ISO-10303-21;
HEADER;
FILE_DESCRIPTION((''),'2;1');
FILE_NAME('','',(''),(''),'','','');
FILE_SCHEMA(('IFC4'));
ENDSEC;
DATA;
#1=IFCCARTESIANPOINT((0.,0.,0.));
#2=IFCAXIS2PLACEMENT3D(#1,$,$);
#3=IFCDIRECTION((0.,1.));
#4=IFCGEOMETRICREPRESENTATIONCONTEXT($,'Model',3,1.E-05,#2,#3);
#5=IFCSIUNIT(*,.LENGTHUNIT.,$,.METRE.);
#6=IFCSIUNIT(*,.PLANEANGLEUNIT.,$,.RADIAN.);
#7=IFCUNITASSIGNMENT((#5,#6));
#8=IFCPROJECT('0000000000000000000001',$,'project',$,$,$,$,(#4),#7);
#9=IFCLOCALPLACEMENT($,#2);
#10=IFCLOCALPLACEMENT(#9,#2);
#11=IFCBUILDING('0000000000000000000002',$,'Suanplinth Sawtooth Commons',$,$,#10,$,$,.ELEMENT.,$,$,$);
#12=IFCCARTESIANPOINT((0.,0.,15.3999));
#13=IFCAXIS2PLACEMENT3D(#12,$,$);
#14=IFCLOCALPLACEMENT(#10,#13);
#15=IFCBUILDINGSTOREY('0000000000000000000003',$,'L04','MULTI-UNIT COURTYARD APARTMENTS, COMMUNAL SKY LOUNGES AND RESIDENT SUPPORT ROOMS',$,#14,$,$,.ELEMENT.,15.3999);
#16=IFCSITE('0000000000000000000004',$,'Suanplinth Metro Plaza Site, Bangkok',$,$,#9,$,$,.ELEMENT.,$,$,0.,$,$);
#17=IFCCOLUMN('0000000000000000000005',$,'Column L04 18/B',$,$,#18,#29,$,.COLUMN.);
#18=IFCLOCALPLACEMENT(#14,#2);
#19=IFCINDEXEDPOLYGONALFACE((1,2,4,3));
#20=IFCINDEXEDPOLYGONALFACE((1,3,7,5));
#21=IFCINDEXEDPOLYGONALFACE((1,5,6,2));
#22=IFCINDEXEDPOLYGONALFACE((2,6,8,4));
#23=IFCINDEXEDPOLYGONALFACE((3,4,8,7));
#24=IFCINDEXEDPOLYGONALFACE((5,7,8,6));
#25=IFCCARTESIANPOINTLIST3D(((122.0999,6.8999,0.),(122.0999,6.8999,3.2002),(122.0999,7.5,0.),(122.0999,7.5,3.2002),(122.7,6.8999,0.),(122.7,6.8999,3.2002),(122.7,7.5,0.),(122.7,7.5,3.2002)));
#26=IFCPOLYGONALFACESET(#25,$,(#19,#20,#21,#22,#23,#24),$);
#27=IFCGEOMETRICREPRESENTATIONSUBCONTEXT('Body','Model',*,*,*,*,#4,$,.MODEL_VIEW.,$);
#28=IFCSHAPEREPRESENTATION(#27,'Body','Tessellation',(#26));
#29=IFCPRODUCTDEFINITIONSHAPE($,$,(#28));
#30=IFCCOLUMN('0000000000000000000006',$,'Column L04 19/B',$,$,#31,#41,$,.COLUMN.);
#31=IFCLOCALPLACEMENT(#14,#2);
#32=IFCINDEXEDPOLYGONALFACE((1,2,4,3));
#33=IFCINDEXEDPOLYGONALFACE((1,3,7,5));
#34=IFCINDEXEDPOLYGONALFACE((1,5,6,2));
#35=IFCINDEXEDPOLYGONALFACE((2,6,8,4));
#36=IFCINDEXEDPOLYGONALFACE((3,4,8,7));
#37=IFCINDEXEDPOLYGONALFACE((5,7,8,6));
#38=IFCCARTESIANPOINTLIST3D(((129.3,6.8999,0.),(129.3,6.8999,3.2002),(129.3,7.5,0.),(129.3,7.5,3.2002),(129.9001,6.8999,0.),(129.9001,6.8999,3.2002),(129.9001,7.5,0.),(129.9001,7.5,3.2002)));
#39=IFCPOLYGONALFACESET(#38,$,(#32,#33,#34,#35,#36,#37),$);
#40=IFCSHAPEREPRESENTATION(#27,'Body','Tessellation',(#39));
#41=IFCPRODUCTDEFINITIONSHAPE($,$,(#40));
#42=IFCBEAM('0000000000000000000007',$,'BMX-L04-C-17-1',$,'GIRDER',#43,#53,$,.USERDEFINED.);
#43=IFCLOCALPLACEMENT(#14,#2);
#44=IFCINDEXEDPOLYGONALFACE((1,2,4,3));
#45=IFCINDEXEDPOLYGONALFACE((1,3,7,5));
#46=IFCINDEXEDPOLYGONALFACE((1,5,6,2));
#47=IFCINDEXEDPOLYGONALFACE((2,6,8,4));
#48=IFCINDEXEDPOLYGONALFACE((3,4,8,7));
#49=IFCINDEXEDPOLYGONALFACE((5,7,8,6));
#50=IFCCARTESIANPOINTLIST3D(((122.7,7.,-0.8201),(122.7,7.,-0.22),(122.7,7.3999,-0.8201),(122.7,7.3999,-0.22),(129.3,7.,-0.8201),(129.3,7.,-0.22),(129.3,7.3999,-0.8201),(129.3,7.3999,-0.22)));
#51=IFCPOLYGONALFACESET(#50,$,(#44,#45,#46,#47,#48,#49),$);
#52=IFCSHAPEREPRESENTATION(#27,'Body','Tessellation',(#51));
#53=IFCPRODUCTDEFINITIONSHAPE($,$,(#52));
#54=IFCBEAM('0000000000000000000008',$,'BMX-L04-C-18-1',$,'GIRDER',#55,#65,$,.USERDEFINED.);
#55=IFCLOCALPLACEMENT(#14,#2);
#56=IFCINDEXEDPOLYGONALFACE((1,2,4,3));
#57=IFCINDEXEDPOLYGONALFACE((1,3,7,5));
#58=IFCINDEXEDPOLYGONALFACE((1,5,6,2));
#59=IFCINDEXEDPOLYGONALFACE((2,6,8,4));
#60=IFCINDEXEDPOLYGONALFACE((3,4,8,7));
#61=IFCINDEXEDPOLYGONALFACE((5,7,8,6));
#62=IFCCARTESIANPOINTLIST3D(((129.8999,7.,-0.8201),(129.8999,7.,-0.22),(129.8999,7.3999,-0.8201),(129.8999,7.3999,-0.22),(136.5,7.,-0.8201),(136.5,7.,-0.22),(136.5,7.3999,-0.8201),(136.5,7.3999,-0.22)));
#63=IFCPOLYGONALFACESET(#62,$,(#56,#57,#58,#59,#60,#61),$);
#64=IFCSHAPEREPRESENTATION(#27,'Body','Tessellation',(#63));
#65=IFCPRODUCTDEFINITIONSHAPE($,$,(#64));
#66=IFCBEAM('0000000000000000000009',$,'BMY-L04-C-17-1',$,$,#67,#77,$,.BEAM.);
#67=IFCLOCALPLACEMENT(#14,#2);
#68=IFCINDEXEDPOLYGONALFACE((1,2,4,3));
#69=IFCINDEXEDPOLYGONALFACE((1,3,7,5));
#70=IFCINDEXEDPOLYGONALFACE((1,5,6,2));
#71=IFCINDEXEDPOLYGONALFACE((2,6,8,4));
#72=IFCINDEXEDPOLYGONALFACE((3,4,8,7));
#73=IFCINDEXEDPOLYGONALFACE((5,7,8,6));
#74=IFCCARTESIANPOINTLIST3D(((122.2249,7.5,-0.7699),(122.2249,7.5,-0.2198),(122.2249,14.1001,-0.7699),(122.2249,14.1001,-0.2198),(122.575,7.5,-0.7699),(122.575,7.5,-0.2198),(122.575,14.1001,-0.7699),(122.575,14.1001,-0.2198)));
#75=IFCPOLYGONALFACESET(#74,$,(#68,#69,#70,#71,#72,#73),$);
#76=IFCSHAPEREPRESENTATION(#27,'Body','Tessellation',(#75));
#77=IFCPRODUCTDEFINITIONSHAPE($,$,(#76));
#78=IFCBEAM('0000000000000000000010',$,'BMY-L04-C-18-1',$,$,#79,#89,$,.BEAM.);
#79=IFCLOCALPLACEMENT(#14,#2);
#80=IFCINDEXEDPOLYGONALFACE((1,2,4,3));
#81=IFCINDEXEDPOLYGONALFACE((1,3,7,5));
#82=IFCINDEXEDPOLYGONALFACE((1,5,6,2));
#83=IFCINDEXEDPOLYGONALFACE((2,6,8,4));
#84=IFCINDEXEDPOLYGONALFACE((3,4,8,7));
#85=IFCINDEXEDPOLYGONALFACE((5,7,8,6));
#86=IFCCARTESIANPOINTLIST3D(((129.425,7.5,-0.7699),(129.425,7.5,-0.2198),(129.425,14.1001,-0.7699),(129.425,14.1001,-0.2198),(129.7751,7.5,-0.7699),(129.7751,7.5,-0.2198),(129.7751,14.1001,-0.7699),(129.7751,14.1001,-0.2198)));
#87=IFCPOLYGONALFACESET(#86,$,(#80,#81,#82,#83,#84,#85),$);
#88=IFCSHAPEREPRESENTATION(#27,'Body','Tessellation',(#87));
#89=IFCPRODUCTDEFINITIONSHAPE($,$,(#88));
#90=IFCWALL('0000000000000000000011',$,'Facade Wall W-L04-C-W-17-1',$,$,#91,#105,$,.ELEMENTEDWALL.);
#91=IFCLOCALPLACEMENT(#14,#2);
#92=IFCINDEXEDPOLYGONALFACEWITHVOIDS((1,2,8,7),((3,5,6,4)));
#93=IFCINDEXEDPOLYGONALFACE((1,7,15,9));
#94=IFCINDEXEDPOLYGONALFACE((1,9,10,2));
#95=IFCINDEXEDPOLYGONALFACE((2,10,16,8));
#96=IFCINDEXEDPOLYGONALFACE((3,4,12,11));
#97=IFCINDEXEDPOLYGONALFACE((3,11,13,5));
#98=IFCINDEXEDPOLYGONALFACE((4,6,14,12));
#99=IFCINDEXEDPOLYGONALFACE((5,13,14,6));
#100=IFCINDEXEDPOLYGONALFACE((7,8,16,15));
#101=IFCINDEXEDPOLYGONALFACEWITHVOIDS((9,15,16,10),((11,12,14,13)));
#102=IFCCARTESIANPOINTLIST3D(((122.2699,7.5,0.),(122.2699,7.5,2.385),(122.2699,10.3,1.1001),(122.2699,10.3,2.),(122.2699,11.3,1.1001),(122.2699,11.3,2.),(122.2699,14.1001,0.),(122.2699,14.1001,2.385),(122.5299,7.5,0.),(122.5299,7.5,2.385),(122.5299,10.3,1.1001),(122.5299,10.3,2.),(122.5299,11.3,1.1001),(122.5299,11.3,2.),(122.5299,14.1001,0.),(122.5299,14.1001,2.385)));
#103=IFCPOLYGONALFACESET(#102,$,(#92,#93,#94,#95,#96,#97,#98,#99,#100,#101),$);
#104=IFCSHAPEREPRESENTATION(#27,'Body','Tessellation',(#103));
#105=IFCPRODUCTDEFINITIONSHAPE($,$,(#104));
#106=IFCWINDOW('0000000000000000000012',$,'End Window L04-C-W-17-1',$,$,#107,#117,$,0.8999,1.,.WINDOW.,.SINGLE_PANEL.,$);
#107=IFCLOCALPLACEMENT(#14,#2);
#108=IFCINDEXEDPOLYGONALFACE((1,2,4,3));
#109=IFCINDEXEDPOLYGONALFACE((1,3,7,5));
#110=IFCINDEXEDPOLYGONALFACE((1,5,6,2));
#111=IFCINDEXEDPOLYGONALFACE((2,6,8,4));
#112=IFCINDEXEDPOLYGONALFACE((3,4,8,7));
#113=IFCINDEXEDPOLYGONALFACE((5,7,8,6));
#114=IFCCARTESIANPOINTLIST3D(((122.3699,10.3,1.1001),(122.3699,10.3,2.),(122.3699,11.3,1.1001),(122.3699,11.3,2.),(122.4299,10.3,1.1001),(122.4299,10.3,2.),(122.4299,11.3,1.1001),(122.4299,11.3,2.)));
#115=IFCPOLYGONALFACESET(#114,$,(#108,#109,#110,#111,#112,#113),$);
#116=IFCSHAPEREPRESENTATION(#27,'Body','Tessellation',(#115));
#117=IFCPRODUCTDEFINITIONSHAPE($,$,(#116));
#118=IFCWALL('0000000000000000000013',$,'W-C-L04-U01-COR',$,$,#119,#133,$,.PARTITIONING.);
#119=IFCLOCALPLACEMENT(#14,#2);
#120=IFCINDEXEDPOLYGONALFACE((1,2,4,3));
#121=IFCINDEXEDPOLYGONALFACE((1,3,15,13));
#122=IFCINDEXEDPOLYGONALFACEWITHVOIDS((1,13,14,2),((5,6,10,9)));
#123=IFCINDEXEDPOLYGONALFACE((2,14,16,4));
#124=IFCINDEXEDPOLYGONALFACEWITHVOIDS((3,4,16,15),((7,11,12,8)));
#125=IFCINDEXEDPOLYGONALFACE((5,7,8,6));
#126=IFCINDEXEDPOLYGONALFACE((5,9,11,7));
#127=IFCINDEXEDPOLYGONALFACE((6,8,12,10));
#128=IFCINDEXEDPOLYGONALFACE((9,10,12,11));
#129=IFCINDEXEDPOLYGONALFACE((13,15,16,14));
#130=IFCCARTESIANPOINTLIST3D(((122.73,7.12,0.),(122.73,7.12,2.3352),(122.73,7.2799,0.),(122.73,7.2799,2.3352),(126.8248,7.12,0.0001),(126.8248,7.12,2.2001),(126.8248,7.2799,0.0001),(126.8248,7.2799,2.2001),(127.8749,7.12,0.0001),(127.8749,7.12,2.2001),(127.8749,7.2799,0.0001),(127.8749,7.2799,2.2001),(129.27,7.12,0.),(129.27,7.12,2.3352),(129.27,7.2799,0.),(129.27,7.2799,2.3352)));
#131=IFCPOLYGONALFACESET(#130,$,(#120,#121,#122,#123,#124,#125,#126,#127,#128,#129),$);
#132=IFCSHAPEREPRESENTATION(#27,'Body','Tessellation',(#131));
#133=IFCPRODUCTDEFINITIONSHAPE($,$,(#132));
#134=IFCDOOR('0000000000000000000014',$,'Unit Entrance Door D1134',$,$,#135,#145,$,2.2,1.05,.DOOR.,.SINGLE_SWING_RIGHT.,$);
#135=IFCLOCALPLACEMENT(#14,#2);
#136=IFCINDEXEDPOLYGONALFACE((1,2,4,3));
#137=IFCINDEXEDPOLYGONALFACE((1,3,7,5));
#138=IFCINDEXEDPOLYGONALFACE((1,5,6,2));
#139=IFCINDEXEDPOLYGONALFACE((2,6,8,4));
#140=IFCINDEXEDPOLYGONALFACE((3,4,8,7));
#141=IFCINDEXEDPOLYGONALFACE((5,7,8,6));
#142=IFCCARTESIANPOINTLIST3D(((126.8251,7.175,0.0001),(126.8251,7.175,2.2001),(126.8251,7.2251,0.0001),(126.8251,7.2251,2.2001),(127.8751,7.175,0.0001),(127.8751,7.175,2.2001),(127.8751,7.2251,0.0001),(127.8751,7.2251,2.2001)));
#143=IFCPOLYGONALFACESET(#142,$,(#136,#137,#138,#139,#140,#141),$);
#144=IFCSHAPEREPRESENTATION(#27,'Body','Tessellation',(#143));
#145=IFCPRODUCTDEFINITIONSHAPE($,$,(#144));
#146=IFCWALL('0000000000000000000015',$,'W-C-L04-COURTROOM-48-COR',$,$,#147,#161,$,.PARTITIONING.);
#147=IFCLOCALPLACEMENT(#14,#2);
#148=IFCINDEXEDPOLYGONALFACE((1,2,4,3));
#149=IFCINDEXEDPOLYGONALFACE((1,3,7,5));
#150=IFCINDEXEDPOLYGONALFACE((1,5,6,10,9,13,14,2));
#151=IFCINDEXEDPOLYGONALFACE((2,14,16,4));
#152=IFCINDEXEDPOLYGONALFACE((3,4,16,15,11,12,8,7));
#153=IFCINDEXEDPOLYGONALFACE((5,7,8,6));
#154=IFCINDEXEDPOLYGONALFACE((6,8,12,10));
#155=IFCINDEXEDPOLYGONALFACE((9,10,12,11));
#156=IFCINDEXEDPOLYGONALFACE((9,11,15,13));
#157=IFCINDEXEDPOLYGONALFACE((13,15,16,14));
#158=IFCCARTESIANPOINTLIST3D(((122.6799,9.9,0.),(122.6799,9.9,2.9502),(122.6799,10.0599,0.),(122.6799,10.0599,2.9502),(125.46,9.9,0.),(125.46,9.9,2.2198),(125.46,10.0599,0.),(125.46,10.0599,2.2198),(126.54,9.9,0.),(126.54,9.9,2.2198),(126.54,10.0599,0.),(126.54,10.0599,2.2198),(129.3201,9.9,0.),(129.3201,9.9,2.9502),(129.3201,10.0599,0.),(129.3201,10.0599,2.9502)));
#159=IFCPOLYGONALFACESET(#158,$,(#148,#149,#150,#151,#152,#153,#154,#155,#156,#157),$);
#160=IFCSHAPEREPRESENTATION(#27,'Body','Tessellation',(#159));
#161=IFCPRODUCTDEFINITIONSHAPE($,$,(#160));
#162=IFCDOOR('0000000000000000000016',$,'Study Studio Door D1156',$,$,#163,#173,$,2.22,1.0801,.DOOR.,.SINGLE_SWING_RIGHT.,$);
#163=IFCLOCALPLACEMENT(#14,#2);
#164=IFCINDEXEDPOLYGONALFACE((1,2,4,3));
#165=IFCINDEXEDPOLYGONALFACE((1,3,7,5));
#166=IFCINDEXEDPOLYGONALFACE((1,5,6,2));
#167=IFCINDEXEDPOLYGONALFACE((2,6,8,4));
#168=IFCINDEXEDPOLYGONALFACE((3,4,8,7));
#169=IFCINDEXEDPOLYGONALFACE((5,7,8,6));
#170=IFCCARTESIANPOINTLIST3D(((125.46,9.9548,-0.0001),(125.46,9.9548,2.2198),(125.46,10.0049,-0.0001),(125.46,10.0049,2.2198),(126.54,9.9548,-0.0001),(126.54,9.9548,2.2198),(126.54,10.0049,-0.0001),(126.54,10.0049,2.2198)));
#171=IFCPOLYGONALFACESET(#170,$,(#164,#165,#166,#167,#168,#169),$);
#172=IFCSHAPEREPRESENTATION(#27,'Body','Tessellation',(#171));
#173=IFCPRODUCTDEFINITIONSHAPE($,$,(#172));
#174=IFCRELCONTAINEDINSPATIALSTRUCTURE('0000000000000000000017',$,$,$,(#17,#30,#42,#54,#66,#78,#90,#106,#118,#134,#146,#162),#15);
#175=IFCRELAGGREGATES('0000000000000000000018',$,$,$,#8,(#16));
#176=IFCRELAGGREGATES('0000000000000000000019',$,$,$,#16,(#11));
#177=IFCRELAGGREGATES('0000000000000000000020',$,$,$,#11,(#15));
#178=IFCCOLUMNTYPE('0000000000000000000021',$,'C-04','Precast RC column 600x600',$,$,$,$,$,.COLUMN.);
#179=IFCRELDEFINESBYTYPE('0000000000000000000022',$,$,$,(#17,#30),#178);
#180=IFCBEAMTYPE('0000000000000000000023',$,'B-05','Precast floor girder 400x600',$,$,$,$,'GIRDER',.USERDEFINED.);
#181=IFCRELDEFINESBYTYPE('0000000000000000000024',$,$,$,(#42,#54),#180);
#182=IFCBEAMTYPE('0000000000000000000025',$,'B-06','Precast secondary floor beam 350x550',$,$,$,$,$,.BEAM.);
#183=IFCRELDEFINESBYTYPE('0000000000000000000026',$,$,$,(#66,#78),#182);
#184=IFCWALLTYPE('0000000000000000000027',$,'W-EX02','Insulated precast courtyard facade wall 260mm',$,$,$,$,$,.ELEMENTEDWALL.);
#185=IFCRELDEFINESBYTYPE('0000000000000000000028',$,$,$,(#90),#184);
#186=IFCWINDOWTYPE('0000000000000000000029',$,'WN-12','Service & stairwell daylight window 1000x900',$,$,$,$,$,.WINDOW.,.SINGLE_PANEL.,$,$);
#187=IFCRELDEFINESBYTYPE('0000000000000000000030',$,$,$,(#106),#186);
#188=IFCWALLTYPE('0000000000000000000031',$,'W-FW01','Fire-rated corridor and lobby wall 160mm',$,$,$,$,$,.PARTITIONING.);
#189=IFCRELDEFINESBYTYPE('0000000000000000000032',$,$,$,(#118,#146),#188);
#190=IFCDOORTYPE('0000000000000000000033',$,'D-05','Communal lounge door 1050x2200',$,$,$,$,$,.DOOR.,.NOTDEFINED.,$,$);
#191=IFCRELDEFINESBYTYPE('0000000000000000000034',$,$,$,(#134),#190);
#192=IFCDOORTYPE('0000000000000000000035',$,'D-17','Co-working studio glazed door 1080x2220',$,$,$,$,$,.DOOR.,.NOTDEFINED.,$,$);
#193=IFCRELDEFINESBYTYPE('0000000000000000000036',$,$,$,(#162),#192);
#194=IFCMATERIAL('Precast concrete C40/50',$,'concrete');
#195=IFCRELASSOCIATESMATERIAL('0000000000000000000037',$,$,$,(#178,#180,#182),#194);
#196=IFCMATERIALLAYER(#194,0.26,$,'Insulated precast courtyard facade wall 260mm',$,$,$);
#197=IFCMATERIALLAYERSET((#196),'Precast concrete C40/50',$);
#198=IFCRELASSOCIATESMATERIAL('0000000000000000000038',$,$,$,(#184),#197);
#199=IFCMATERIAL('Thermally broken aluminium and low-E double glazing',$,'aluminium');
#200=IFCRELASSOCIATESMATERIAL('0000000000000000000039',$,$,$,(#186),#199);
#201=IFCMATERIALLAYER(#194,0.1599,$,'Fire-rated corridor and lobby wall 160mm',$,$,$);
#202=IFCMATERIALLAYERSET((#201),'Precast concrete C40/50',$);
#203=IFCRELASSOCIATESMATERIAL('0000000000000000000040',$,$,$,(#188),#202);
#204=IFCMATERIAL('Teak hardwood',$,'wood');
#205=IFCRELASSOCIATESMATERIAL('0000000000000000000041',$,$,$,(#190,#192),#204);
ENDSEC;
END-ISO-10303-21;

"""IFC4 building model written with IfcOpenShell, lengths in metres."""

from ifc_helpers import new_model, si_unit, direction, frame, frame_2d, origin, origin_2d, place, context, subcontext, project, spatial, rectangle, extrude, material, layer, layer_set, material_profile, profile_set, type_object, element, fill, save


model = new_model("IFC4")

# Units and contexts
model_context = context("Model", 3, precision=1e-05, world=origin(), true_north=direction((0.0, 1.0)))
body_context = subcontext(model_context, "Body", "Model", "MODEL_VIEW")
ifc_project = project(units=[si_unit("LENGTHUNIT", "METRE"), si_unit("PLANEANGLEUNIT", "RADIAN")], contexts=[model_context])

# Site, building, storey
site_placement = place(None, origin())
site = spatial("IfcSite", under=ifc_project, at=site_placement, Name="Suanplinth Metro Plaza Site, Bangkok", CompositionType="ELEMENT", RefElevation=0.0)
building_placement = place(site_placement, origin())
building = spatial("IfcBuilding", under=site, at=building_placement, Name="Suanplinth Sawtooth Commons", CompositionType="ELEMENT")
storey_placement = place(building_placement, frame((0.0, 0.0, 15.3999)))
storey = spatial("IfcBuildingStorey", under=building, at=storey_placement, Name="L04", Description="MULTI-UNIT COURTYARD APARTMENTS, COMMUNAL SKY LOUNGES AND RESIDENT SUPPORT ROOMS", CompositionType="ELEMENT", Elevation=15.3999)

# Columns
ifc_material_1 = material(Name="Precast concrete C40/50", Category="concrete")
ifc_material_profile_1 = material_profile(ifc_material_1, rectangle(XDim=0.6001, YDim=0.6001, at=origin_2d()), Name="PC-COL 600x600")
ifc_profile_set_1 = profile_set([ifc_material_profile_1], Name="Precast concrete C40/50")
column_type = type_object("IfcColumnType", Name="C-04", Description="Precast RC column 600x600", PredefinedType="COLUMN", material=ifc_profile_set_1)
for number, where, z_axis, x_axis, name in (
    (1, (122.3999, 7.2, 0.0), (0.0, 0.0, 1.0), (1.0, 0.0, 0.0), "Column L04 18/B"),
    (2, (129.6001, 7.2, 0.0), (0.0, 0.0, 1.0), (1.0, 0.0, 0.0), "Column L04 19/B"),
):
    element("IfcColumn", number, at=place(storey_placement, frame(where, z_axis=z_axis, x_axis=x_axis)), inside=storey, type_object=column_type, Name=name, PredefinedType="COLUMN", context=body_context, shape_type="SweptSolid", body=[
        extrude(rectangle(XDim=0.6001, YDim=0.6001, at=origin_2d()), origin(), (0.0, 0.0, 1.0), 3.2002),
    ])

# Beams
ifc_material_profile_2 = material_profile(ifc_material_1, rectangle(XDim=0.3999, YDim=0.6001, at=origin_2d()), Name="PC-GDR 400x600")
ifc_profile_set_2 = profile_set([ifc_material_profile_2], Name="Precast concrete C40/50")
beam_type_1 = type_object("IfcBeamType", Name="B-05", Description="Precast floor girder 400x600", ElementType="GIRDER", PredefinedType="USERDEFINED", material=ifc_profile_set_2)
for number, where, z_axis, x_axis, name in (
    (3, (122.7, 7.2, -0.52), (1.0, 0.0, 0.0), (0.0, 1.0, 0.0), "BMX-L04-C-17-1"),
    (4, (129.8999, 7.2, -0.52), (1.0, 0.0, 0.0), (0.0, 1.0, 0.0), "BMX-L04-C-18-1"),
):
    element("IfcBeam", number, at=place(storey_placement, frame(where, z_axis=z_axis, x_axis=x_axis)), inside=storey, type_object=beam_type_1, Name=name, ObjectType="GIRDER", PredefinedType="USERDEFINED", context=body_context, shape_type="SweptSolid", body=[
        extrude(rectangle(XDim=0.3999, YDim=0.6001, at=origin_2d()), origin(), (0.0, 0.0, 1.0), 6.6001),
    ])
ifc_material_profile_3 = material_profile(ifc_material_1, rectangle(XDim=0.3501, YDim=0.55, at=origin_2d()), Name="PC-BM 350x550")
ifc_profile_set_3 = profile_set([ifc_material_profile_3], Name="Precast concrete C40/50")
beam_type_2 = type_object("IfcBeamType", Name="B-06", Description="Precast secondary floor beam 350x550", PredefinedType="BEAM", material=ifc_profile_set_3)
for number, where, z_axis, x_axis, name in (
    (5, (122.3999, 7.5, -0.4949), (0.0, 1.0, 0.0), (-1.0, 0.0, 0.0), "BMY-L04-C-17-1"),
    (6, (129.6001, 7.5, -0.4949), (0.0, 1.0, 0.0), (-1.0, 0.0, 0.0), "BMY-L04-C-18-1"),
):
    element("IfcBeam", number, at=place(storey_placement, frame(where, z_axis=z_axis, x_axis=x_axis)), inside=storey, type_object=beam_type_2, Name=name, PredefinedType="BEAM", context=body_context, shape_type="SweptSolid", body=[
        extrude(rectangle(XDim=0.3501, YDim=0.55, at=origin_2d()), origin(), (0.0, 0.0, 1.0), 6.6001),
    ])

# Wall, opening, window
ifc_layer_1 = layer(ifc_material_1, 0.26, Name="Insulated precast courtyard facade wall 260mm")
ifc_layer_set_1 = layer_set([ifc_layer_1], Name="Precast concrete C40/50")
wall_type_1 = type_object("IfcWallType", Name="W-EX02", Description="Insulated precast courtyard facade wall 260mm", PredefinedType="ELEMENTEDWALL", material=ifc_layer_set_1)
wall_1_placement = place(storey_placement, frame((122.3999, 7.5, 0.0), z_axis=(0.0, 0.0, 1.0), x_axis=(0.0, 1.0, 0.0)))
wall_1 = element("IfcWall", 7, at=wall_1_placement, inside=storey, type_object=wall_type_1, Name="Facade Wall W-L04-C-W-17-1", PredefinedType="ELEMENTEDWALL", context=body_context, shape_type="SweptSolid", body=[
    extrude(rectangle(XDim=6.6001, YDim=0.26, at=frame_2d((3.3, 0.0))), origin(), (0.0, 0.0, 1.0), 2.385),
])
opening_1_placement = place(wall_1_placement, frame((2.8, 0.0, 1.1001)))
opening_1 = element("IfcOpeningElement", 8, at=opening_1_placement, cuts=wall_1, PredefinedType="OPENING", context=body_context, shape_type="SweptSolid", body=[
    extrude(rectangle(XDim=1.0, YDim=0.8999, at=frame_2d((0.5, 0.45))), frame((0.0, 0.145, 0.0), z_axis=(0.0, -1.0, 0.0), x_axis=(1.0, 0.0, 0.0)), (0.0, 0.0, 1.0), 0.2898),
])
ifc_material_2 = material(Name="Thermally broken aluminium and low-E double glazing", Category="aluminium")
window_type = type_object("IfcWindowType", Name="WN-12", Description="Service & stairwell daylight window 1000x900", PartitioningType="SINGLE_PANEL", PredefinedType="WINDOW", material=ifc_material_2)
window_placement = place(opening_1_placement, origin())
window = element("IfcWindow", 9, at=window_placement, inside=storey, type_object=window_type, Name="End Window L04-C-W-17-1", OverallHeight=0.8999, OverallWidth=1.0, PartitioningType="SINGLE_PANEL", PredefinedType="WINDOW", context=body_context, shape_type="SweptSolid", body=[
    extrude(rectangle(XDim=1.0, YDim=0.8999, at=frame_2d((0.5, 0.45))), frame((0.0, 0.03, 0.0), z_axis=(0.0, -1.0, 0.0), x_axis=(1.0, 0.0, 0.0)), (0.0, 0.0, 1.0), 0.0601),
])
fill(opening_1, window)

# Walls, openings, doors
ifc_layer_2 = layer(ifc_material_1, 0.1599, Name="Fire-rated corridor and lobby wall 160mm")
ifc_layer_set_2 = layer_set([ifc_layer_2], Name="Precast concrete C40/50")
wall_type_2 = type_object("IfcWallType", Name="W-FW01", Description="Fire-rated corridor and lobby wall 160mm", PredefinedType="PARTITIONING", material=ifc_layer_set_2)
wall_2_placement = place(storey_placement, frame((122.73, 7.2, 0.0), z_axis=(0.0, 0.0, 1.0), x_axis=(1.0, 0.0, 0.0)))
wall_2 = element("IfcWall", 10, at=wall_2_placement, inside=storey, type_object=wall_type_2, Name="W-C-L04-U01-COR", PredefinedType="PARTITIONING", context=body_context, shape_type="SweptSolid", body=[
    extrude(rectangle(XDim=6.54, YDim=0.1599, at=frame_2d((3.27, 0.0))), origin(), (0.0, 0.0, 1.0), 2.3352),
])
opening_2_placement = place(wall_2_placement, frame((4.095, 0.0, 0.0)))
opening_2 = element("IfcOpeningElement", 11, at=opening_2_placement, cuts=wall_2, PredefinedType="OPENING", context=body_context, shape_type="SweptSolid", body=[
    extrude(rectangle(XDim=1.05, YDim=2.2, at=frame_2d((0.5249, 1.1001))), frame((0.0, 0.0947, 0.0), z_axis=(0.0, -1.0, 0.0), x_axis=(1.0, 0.0, 0.0)), (0.0, 0.0, 1.0), 0.1897),
])
ifc_material_3 = material(Name="Teak hardwood", Category="wood")
door_type_1 = type_object("IfcDoorType", Name="D-05", Description="Communal lounge door 1050x2200", OperationType="NOTDEFINED", PredefinedType="DOOR", material=ifc_material_3)
door_1_placement = place(opening_2_placement, frame((1.05, 0.0, 0.0), z_axis=(0.0, 0.0, 1.0), x_axis=(-1.0, 0.0, 0.0)))
door_1 = element("IfcDoor", 12, at=door_1_placement, inside=storey, type_object=door_type_1, Name="Unit Entrance Door D1134", OperationType="SINGLE_SWING_RIGHT", OverallHeight=2.2, OverallWidth=1.05, PredefinedType="DOOR", context=body_context, shape_type="SweptSolid", body=[
    extrude(rectangle(XDim=1.05, YDim=2.2, at=frame_2d((0.5249, 1.1001))), frame((0.0, 0.0249, 0.0), z_axis=(0.0, -1.0, 0.0), x_axis=(1.0, 0.0, 0.0)), (0.0, 0.0, 1.0), 0.05),
])
fill(opening_2, door_1)
wall_3_placement = place(storey_placement, frame((122.6799, 9.98, 0.0), z_axis=(0.0, 0.0, 1.0), x_axis=(1.0, 0.0, 0.0)))
wall_3 = element("IfcWall", 13, at=wall_3_placement, inside=storey, type_object=wall_type_2, Name="W-C-L04-COURTROOM-48-COR", PredefinedType="PARTITIONING", context=body_context, shape_type="SweptSolid", body=[
    extrude(rectangle(XDim=6.6401, YDim=0.1599, at=frame_2d((3.3201, 0.0))), origin(), (0.0, 0.0, 1.0), 2.9502),
])
opening_3_placement = place(wall_3_placement, frame((2.78, 0.0, 0.0)))
opening_3 = element("IfcOpeningElement", 14, at=opening_3_placement, cuts=wall_3, PredefinedType="OPENING", context=body_context, shape_type="SweptSolid", body=[
    extrude(rectangle(XDim=1.0801, YDim=2.22, at=frame_2d((0.54, 1.1099))), frame((0.0, 0.0947, 0.0), z_axis=(0.0, -1.0, 0.0), x_axis=(1.0, 0.0, 0.0)), (0.0, 0.0, 1.0), 0.1897),
])
door_type_2 = type_object("IfcDoorType", Name="D-17", Description="Co-working studio glazed door 1080x2220", OperationType="NOTDEFINED", PredefinedType="DOOR", material=ifc_material_3)
door_2_placement = place(opening_3_placement, origin())
door_2 = element("IfcDoor", 15, at=door_2_placement, inside=storey, type_object=door_type_2, Name="Study Studio Door D1156", OperationType="SINGLE_SWING_RIGHT", OverallHeight=2.22, OverallWidth=1.0801, PredefinedType="DOOR", context=body_context, shape_type="SweptSolid", body=[
    extrude(rectangle(XDim=1.0801, YDim=2.22, at=frame_2d((0.54, 1.1099))), frame((0.0, 0.0249, 0.0), z_axis=(0.0, -1.0, 0.0), x_axis=(1.0, 0.0, 0.0)), (0.0, 0.0, 1.0), 0.05),
])
fill(opening_3, door_2)

save(model, "model.ifc")
